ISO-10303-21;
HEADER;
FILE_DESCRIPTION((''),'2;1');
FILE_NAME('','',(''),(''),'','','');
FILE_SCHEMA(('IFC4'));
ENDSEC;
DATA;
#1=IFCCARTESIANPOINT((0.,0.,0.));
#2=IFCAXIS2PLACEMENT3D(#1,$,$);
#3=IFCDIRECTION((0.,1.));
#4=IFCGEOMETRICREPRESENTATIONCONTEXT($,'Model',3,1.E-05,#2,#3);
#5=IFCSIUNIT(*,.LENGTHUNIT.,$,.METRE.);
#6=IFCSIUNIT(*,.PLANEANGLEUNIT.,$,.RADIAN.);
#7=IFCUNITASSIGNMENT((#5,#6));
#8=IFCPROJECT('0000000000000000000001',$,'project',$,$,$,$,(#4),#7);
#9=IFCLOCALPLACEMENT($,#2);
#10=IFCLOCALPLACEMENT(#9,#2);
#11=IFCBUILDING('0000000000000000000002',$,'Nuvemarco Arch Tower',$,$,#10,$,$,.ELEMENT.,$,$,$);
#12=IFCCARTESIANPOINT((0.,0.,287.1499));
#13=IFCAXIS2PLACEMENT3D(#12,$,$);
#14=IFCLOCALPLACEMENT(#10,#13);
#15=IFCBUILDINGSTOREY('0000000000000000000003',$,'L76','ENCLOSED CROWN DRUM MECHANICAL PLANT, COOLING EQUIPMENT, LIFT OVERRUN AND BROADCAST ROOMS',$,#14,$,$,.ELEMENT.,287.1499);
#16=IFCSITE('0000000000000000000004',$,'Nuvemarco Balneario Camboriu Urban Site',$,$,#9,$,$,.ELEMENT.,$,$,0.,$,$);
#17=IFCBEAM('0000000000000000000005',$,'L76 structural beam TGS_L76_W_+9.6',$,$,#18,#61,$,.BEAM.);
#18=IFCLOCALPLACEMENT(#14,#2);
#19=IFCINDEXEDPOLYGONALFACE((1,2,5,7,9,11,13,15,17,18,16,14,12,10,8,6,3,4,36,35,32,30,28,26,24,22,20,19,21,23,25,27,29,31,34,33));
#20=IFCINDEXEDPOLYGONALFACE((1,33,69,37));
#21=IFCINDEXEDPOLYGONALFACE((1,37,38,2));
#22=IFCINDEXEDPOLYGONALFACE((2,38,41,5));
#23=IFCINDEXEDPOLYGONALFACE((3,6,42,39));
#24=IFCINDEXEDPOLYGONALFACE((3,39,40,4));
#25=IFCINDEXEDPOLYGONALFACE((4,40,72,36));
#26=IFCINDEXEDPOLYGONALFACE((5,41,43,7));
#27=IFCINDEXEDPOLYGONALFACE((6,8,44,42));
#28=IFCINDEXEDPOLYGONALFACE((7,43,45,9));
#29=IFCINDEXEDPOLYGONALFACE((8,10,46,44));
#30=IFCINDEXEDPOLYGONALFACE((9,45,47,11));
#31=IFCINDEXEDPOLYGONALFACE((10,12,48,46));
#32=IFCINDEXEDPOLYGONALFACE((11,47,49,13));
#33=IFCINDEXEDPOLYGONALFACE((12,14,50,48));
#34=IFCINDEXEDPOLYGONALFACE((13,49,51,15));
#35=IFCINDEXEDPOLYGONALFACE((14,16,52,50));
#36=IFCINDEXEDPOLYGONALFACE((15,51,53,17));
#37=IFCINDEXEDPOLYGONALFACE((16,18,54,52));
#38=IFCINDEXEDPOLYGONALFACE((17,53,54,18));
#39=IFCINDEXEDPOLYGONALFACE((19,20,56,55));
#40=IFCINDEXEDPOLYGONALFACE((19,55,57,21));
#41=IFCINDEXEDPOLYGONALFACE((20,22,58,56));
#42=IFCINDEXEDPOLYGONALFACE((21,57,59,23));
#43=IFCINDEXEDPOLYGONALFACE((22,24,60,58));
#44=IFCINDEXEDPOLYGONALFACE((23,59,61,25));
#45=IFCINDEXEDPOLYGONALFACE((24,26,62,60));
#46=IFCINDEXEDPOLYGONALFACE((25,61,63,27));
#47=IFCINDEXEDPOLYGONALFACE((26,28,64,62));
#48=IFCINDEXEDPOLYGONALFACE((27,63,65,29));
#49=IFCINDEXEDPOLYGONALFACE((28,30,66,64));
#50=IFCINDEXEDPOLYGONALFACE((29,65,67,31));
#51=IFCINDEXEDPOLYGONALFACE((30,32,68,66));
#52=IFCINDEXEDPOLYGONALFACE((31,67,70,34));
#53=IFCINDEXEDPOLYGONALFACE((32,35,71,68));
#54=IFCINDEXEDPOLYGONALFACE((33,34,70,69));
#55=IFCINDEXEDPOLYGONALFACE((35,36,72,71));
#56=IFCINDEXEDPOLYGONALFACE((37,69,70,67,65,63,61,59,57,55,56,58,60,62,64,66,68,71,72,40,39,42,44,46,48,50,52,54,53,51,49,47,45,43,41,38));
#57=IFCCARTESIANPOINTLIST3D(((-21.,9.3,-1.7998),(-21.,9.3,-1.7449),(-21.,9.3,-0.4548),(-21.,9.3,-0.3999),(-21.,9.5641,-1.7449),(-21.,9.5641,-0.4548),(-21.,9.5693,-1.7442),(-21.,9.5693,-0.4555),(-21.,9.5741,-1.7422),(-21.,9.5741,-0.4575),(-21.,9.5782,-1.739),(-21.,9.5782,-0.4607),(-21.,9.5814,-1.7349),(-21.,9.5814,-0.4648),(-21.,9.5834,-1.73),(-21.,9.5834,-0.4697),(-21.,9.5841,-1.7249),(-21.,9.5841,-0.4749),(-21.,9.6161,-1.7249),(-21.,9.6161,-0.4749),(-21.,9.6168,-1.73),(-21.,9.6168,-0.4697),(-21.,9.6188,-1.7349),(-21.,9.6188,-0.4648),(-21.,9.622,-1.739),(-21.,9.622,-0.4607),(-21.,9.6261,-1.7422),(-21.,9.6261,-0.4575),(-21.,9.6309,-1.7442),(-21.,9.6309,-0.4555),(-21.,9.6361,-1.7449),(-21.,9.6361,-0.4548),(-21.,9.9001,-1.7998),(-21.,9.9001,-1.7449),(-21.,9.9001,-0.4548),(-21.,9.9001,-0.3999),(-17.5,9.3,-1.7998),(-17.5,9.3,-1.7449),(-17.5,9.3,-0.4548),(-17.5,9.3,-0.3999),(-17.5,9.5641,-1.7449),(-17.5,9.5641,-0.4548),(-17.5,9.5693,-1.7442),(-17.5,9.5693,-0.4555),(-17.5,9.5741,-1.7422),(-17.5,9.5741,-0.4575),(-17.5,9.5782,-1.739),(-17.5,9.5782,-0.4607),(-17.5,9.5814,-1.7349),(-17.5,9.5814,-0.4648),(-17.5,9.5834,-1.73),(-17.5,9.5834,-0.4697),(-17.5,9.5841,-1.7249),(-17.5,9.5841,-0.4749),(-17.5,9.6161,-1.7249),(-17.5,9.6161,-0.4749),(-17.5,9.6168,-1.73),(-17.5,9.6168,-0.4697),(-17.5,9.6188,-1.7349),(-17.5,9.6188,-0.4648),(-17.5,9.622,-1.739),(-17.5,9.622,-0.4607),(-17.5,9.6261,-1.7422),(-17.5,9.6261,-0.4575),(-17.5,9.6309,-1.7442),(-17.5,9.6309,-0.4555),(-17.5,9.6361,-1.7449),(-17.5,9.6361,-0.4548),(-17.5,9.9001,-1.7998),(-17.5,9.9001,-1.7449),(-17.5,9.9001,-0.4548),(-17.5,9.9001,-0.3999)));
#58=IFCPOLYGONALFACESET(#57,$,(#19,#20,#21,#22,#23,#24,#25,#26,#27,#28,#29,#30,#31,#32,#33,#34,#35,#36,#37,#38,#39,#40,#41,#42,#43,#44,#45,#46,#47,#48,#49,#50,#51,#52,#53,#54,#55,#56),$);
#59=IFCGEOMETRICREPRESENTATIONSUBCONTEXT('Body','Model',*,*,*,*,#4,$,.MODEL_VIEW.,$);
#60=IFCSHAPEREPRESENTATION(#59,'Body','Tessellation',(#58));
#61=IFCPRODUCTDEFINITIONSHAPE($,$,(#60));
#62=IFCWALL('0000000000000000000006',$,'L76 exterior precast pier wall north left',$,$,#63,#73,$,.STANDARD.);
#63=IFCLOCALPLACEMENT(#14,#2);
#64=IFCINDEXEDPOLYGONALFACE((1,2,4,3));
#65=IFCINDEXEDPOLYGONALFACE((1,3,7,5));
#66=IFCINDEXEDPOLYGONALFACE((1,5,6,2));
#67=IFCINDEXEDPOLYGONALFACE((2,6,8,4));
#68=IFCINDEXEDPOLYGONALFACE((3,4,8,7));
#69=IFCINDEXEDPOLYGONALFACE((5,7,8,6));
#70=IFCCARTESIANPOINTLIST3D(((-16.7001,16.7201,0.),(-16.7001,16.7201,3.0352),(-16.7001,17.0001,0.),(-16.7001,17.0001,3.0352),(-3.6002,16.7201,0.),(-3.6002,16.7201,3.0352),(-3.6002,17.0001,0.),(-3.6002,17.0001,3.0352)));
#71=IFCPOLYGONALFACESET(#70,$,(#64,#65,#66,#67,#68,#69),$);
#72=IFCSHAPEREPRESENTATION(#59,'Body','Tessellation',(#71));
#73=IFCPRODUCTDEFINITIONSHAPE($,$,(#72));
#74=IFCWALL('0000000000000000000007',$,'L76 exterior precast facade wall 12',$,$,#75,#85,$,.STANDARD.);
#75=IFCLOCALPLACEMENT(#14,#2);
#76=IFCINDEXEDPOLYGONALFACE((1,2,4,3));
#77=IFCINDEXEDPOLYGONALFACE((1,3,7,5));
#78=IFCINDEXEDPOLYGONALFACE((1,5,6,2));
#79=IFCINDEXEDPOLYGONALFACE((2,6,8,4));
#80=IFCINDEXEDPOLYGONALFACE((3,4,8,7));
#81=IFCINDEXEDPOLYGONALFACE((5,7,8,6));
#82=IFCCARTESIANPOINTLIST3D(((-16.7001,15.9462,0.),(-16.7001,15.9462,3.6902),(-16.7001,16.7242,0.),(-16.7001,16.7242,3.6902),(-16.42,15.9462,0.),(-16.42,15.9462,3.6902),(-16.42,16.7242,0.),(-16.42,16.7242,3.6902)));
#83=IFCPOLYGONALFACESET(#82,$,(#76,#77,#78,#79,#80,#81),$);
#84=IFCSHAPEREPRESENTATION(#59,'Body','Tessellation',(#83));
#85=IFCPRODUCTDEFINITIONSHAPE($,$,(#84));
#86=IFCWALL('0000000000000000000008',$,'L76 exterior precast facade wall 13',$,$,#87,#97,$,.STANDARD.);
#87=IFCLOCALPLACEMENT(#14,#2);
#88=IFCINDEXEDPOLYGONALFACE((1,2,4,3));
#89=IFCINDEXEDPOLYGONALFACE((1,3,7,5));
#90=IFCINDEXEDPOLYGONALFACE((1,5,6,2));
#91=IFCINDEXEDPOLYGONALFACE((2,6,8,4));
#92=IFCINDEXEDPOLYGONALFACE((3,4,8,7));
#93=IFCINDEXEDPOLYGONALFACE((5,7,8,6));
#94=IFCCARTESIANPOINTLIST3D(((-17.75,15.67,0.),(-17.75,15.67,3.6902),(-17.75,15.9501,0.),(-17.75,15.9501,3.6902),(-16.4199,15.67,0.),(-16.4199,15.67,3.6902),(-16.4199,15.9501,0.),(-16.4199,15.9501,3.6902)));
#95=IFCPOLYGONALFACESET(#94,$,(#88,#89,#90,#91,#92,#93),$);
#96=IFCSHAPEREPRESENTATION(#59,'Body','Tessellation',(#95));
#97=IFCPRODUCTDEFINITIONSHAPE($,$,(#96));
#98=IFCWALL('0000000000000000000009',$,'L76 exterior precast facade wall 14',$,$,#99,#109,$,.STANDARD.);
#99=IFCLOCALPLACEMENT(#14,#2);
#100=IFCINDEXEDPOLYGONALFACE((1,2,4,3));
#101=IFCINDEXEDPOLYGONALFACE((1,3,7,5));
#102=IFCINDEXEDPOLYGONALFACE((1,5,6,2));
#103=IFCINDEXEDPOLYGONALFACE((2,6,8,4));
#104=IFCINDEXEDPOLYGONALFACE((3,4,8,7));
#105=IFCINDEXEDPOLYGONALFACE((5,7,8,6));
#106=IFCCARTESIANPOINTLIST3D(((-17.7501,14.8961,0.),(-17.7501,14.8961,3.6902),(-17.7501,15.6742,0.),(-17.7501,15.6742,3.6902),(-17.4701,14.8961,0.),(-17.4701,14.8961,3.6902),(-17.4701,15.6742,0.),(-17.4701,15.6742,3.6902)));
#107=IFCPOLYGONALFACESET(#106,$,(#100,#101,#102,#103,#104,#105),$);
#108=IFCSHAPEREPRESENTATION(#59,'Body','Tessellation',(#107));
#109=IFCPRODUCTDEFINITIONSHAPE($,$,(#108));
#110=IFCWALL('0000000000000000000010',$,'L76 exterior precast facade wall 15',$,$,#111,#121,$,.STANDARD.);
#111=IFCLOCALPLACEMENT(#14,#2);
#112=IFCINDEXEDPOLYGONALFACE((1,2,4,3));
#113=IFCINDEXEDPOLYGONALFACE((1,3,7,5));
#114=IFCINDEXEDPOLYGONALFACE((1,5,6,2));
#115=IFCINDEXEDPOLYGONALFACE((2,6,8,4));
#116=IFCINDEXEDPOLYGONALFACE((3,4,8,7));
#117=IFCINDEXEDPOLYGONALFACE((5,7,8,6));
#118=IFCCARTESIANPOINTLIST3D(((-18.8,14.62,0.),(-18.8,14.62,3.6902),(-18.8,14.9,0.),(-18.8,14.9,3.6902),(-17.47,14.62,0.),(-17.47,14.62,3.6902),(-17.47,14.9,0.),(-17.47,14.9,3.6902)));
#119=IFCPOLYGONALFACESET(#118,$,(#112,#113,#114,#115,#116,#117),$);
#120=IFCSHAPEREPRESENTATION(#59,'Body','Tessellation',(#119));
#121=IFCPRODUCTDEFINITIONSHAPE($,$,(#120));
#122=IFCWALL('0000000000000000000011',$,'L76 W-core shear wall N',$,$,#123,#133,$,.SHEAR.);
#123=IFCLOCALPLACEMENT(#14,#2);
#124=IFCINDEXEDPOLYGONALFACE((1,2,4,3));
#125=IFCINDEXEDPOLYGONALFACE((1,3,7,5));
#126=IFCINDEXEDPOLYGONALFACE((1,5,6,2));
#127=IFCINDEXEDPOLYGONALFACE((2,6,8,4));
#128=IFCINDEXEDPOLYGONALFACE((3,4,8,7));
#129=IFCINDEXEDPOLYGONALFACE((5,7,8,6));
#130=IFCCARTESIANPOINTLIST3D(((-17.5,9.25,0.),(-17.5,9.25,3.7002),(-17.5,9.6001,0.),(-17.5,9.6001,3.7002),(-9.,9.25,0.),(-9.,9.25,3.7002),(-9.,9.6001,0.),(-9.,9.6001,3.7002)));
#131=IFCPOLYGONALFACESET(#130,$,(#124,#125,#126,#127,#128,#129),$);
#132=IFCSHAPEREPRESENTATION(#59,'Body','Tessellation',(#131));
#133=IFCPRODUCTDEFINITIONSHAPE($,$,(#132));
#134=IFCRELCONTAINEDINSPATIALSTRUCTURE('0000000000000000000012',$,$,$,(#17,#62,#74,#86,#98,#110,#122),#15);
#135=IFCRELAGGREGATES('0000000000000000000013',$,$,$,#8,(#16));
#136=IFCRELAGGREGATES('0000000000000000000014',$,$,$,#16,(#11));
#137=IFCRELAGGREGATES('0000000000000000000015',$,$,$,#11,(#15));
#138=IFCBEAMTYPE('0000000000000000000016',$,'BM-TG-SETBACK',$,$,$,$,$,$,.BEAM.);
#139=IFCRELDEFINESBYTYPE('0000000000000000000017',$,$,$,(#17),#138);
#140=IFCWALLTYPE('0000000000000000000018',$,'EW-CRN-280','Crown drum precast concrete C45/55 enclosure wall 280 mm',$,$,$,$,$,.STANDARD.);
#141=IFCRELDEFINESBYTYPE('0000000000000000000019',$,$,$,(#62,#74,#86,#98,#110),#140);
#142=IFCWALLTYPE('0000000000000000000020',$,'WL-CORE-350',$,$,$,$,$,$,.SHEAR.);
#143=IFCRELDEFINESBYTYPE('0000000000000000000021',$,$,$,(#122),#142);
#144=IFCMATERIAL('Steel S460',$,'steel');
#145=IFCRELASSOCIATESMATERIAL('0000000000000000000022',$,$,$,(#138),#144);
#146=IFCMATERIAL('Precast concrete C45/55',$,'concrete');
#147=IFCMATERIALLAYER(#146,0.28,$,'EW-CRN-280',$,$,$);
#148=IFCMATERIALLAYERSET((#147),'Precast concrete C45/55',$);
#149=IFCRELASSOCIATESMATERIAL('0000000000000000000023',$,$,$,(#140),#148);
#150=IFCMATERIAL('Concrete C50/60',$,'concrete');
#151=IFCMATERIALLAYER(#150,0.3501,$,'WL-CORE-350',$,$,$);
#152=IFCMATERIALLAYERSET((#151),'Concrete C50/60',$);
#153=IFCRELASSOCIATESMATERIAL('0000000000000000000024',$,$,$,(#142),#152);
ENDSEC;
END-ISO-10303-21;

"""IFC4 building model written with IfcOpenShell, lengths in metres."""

from ifc_helpers import new_model, si_unit, direction, frame, frame_2d, origin, origin_2d, place, context, subcontext, project, spatial, rectangle, i_section, extrude, material, layer, layer_set, material_profile, profile_set, type_object, element, save


model = new_model("IFC4")

# Units and contexts
model_context = context("Model", 3, precision=1e-05, world=origin(), true_north=direction((0.0, 1.0)))
body_context = subcontext(model_context, "Body", "Model", "MODEL_VIEW")
ifc_project = project(units=[si_unit("LENGTHUNIT", "METRE"), si_unit("PLANEANGLEUNIT", "RADIAN")], contexts=[model_context])

# Site, building, storey
site_placement = place(None, origin())
site = spatial("IfcSite", under=ifc_project, at=site_placement, Name="Nuvemarco Balneario Camboriu Urban Site", CompositionType="ELEMENT", RefElevation=0.0)
building_placement = place(site_placement, origin())
building = spatial("IfcBuilding", under=site, at=building_placement, Name="Nuvemarco Arch Tower", CompositionType="ELEMENT")
storey_placement = place(building_placement, frame((0.0, 0.0, 287.1499)))
storey = spatial("IfcBuildingStorey", under=building, at=storey_placement, Name="L76", Description="ENCLOSED CROWN DRUM MECHANICAL PLANT, COOLING EQUIPMENT, LIFT OVERRUN AND BROADCAST ROOMS", CompositionType="ELEMENT", Elevation=287.1499)

# Shared definitions
ifc_material_1 = material(Name="Concrete C50/60", Category="concrete")

# Beam
ifc_material_2 = material(Name="Precast concrete C45/55", Category="concrete")
ifc_material_3 = material(Name="Steel S460", Category="steel")
ifc_material_profile_1 = material_profile(ifc_material_3, i_section(OverallWidth=0.6001, OverallDepth=1.3999, WebThickness=0.032, FlangeThickness=0.0549, FilletRadius=0.02, at=origin_2d()), Name="PG1400x600")
ifc_profile_set_1 = profile_set([ifc_material_profile_1], Name="Steel S460")
beam_type_1 = type_object("IfcBeamType", Name="BM-TG-SETBACK", PredefinedType="BEAM", material=ifc_profile_set_1)
beam_1_placement = place(storey_placement, frame((-21.0, 9.6001, -1.0999), z_axis=(1.0, 0.0, 0.0), x_axis=(0.0, 1.0, 0.0)))
element("IfcBeam", 1, at=beam_1_placement, inside=storey, type_object=beam_type_1, Name="L76 structural beam TGS_L76_W_+9.6", PredefinedType="BEAM", context=body_context, shape_type="SweptSolid", body=[
    extrude(i_section(OverallWidth=0.6001, OverallDepth=1.3999, WebThickness=0.032, FlangeThickness=0.0549, FilletRadius=0.02, at=origin_2d()), origin(), (0.0, 0.0, 1.0), 3.5),
])

# Walls
ifc_layer_1 = layer(ifc_material_2, 0.28, Name="EW-CRN-280")
ifc_layer_set_1 = layer_set([ifc_layer_1], Name="Precast concrete C45/55")
wall_type_1 = type_object("IfcWallType", Name="EW-CRN-280", Description="Crown drum precast concrete C45/55 enclosure wall 280 mm", PredefinedType="STANDARD", material=ifc_layer_set_1)
wall_1_placement = place(storey_placement, frame((-16.7, 16.8601, 0.0), z_axis=(0.0, 0.0, 1.0), x_axis=(1.0, 0.0, 0.0)))
element("IfcWall", 2, at=wall_1_placement, inside=storey, type_object=wall_type_1, Name="L76 exterior precast pier wall north left", PredefinedType="STANDARD", context=body_context, shape_type="SweptSolid", body=[
    extrude(rectangle(XDim=13.0999, YDim=0.28, at=frame_2d((6.5498, 0.0))), origin(), (0.0, 0.0, 1.0), 3.0352),
])
wall_2_placement = place(storey_placement, frame((-16.5601, 15.946, 0.0), z_axis=(0.0, 0.0, 1.0), x_axis=(0.0, 1.0, 0.0)))
element("IfcWall", 3, at=wall_2_placement, inside=storey, type_object=wall_type_1, Name="L76 exterior precast facade wall 12", PredefinedType="STANDARD", context=body_context, shape_type="SweptSolid", body=[
    extrude(rectangle(XDim=0.7781, YDim=0.28, at=frame_2d((0.3892, 0.0))), origin(), (0.0, 0.0, 1.0), 3.6902),
])
wall_3_placement = place(storey_placement, frame((-17.75, 15.8101, 0.0), z_axis=(0.0, 0.0, 1.0), x_axis=(1.0, 0.0, 0.0)))
element("IfcWall", 4, at=wall_3_placement, inside=storey, type_object=wall_type_1, Name="L76 exterior precast facade wall 13", PredefinedType="STANDARD", context=body_context, shape_type="SweptSolid", body=[
    extrude(rectangle(XDim=1.3301, YDim=0.28, at=frame_2d((0.665, 0.0))), origin(), (0.0, 0.0, 1.0), 3.6902),
])
wall_4_placement = place(storey_placement, frame((-17.6101, 14.896, 0.0), z_axis=(0.0, 0.0, 1.0), x_axis=(0.0, 1.0, 0.0)))
element("IfcWall", 5, at=wall_4_placement, inside=storey, type_object=wall_type_1, Name="L76 exterior precast facade wall 14", PredefinedType="STANDARD", context=body_context, shape_type="SweptSolid", body=[
    extrude(rectangle(XDim=0.7781, YDim=0.28, at=frame_2d((0.3892, 0.0))), origin(), (0.0, 0.0, 1.0), 3.6902),
])
wall_5_placement = place(storey_placement, frame((-18.8, 14.76, 0.0), z_axis=(0.0, 0.0, 1.0), x_axis=(1.0, 0.0, 0.0)))
element("IfcWall", 6, at=wall_5_placement, inside=storey, type_object=wall_type_1, Name="L76 exterior precast facade wall 15", PredefinedType="STANDARD", context=body_context, shape_type="SweptSolid", body=[
    extrude(rectangle(XDim=1.3301, YDim=0.28, at=frame_2d((0.665, 0.0))), origin(), (0.0, 0.0, 1.0), 3.6902),
])
ifc_layer_2 = layer(ifc_material_1, 0.3501, Name="WL-CORE-350")
ifc_layer_set_2 = layer_set([ifc_layer_2], Name="Concrete C50/60")
wall_type_2 = type_object("IfcWallType", Name="WL-CORE-350", PredefinedType="SHEAR", material=ifc_layer_set_2)
wall_6_placement = place(storey_placement, frame((-17.5, 9.425, 0.0), z_axis=(0.0, 0.0, 1.0), x_axis=(1.0, 0.0, 0.0)))
element("IfcWall", 7, at=wall_6_placement, inside=storey, type_object=wall_type_2, Name="L76 W-core shear wall N", PredefinedType="SHEAR", context=body_context, shape_type="SweptSolid", body=[
    extrude(rectangle(XDim=8.5, YDim=0.3501, at=frame_2d((4.25, 0.0))), origin(), (0.0, 0.0, 1.0), 3.7002),
])

save(model, "model.ifc")
